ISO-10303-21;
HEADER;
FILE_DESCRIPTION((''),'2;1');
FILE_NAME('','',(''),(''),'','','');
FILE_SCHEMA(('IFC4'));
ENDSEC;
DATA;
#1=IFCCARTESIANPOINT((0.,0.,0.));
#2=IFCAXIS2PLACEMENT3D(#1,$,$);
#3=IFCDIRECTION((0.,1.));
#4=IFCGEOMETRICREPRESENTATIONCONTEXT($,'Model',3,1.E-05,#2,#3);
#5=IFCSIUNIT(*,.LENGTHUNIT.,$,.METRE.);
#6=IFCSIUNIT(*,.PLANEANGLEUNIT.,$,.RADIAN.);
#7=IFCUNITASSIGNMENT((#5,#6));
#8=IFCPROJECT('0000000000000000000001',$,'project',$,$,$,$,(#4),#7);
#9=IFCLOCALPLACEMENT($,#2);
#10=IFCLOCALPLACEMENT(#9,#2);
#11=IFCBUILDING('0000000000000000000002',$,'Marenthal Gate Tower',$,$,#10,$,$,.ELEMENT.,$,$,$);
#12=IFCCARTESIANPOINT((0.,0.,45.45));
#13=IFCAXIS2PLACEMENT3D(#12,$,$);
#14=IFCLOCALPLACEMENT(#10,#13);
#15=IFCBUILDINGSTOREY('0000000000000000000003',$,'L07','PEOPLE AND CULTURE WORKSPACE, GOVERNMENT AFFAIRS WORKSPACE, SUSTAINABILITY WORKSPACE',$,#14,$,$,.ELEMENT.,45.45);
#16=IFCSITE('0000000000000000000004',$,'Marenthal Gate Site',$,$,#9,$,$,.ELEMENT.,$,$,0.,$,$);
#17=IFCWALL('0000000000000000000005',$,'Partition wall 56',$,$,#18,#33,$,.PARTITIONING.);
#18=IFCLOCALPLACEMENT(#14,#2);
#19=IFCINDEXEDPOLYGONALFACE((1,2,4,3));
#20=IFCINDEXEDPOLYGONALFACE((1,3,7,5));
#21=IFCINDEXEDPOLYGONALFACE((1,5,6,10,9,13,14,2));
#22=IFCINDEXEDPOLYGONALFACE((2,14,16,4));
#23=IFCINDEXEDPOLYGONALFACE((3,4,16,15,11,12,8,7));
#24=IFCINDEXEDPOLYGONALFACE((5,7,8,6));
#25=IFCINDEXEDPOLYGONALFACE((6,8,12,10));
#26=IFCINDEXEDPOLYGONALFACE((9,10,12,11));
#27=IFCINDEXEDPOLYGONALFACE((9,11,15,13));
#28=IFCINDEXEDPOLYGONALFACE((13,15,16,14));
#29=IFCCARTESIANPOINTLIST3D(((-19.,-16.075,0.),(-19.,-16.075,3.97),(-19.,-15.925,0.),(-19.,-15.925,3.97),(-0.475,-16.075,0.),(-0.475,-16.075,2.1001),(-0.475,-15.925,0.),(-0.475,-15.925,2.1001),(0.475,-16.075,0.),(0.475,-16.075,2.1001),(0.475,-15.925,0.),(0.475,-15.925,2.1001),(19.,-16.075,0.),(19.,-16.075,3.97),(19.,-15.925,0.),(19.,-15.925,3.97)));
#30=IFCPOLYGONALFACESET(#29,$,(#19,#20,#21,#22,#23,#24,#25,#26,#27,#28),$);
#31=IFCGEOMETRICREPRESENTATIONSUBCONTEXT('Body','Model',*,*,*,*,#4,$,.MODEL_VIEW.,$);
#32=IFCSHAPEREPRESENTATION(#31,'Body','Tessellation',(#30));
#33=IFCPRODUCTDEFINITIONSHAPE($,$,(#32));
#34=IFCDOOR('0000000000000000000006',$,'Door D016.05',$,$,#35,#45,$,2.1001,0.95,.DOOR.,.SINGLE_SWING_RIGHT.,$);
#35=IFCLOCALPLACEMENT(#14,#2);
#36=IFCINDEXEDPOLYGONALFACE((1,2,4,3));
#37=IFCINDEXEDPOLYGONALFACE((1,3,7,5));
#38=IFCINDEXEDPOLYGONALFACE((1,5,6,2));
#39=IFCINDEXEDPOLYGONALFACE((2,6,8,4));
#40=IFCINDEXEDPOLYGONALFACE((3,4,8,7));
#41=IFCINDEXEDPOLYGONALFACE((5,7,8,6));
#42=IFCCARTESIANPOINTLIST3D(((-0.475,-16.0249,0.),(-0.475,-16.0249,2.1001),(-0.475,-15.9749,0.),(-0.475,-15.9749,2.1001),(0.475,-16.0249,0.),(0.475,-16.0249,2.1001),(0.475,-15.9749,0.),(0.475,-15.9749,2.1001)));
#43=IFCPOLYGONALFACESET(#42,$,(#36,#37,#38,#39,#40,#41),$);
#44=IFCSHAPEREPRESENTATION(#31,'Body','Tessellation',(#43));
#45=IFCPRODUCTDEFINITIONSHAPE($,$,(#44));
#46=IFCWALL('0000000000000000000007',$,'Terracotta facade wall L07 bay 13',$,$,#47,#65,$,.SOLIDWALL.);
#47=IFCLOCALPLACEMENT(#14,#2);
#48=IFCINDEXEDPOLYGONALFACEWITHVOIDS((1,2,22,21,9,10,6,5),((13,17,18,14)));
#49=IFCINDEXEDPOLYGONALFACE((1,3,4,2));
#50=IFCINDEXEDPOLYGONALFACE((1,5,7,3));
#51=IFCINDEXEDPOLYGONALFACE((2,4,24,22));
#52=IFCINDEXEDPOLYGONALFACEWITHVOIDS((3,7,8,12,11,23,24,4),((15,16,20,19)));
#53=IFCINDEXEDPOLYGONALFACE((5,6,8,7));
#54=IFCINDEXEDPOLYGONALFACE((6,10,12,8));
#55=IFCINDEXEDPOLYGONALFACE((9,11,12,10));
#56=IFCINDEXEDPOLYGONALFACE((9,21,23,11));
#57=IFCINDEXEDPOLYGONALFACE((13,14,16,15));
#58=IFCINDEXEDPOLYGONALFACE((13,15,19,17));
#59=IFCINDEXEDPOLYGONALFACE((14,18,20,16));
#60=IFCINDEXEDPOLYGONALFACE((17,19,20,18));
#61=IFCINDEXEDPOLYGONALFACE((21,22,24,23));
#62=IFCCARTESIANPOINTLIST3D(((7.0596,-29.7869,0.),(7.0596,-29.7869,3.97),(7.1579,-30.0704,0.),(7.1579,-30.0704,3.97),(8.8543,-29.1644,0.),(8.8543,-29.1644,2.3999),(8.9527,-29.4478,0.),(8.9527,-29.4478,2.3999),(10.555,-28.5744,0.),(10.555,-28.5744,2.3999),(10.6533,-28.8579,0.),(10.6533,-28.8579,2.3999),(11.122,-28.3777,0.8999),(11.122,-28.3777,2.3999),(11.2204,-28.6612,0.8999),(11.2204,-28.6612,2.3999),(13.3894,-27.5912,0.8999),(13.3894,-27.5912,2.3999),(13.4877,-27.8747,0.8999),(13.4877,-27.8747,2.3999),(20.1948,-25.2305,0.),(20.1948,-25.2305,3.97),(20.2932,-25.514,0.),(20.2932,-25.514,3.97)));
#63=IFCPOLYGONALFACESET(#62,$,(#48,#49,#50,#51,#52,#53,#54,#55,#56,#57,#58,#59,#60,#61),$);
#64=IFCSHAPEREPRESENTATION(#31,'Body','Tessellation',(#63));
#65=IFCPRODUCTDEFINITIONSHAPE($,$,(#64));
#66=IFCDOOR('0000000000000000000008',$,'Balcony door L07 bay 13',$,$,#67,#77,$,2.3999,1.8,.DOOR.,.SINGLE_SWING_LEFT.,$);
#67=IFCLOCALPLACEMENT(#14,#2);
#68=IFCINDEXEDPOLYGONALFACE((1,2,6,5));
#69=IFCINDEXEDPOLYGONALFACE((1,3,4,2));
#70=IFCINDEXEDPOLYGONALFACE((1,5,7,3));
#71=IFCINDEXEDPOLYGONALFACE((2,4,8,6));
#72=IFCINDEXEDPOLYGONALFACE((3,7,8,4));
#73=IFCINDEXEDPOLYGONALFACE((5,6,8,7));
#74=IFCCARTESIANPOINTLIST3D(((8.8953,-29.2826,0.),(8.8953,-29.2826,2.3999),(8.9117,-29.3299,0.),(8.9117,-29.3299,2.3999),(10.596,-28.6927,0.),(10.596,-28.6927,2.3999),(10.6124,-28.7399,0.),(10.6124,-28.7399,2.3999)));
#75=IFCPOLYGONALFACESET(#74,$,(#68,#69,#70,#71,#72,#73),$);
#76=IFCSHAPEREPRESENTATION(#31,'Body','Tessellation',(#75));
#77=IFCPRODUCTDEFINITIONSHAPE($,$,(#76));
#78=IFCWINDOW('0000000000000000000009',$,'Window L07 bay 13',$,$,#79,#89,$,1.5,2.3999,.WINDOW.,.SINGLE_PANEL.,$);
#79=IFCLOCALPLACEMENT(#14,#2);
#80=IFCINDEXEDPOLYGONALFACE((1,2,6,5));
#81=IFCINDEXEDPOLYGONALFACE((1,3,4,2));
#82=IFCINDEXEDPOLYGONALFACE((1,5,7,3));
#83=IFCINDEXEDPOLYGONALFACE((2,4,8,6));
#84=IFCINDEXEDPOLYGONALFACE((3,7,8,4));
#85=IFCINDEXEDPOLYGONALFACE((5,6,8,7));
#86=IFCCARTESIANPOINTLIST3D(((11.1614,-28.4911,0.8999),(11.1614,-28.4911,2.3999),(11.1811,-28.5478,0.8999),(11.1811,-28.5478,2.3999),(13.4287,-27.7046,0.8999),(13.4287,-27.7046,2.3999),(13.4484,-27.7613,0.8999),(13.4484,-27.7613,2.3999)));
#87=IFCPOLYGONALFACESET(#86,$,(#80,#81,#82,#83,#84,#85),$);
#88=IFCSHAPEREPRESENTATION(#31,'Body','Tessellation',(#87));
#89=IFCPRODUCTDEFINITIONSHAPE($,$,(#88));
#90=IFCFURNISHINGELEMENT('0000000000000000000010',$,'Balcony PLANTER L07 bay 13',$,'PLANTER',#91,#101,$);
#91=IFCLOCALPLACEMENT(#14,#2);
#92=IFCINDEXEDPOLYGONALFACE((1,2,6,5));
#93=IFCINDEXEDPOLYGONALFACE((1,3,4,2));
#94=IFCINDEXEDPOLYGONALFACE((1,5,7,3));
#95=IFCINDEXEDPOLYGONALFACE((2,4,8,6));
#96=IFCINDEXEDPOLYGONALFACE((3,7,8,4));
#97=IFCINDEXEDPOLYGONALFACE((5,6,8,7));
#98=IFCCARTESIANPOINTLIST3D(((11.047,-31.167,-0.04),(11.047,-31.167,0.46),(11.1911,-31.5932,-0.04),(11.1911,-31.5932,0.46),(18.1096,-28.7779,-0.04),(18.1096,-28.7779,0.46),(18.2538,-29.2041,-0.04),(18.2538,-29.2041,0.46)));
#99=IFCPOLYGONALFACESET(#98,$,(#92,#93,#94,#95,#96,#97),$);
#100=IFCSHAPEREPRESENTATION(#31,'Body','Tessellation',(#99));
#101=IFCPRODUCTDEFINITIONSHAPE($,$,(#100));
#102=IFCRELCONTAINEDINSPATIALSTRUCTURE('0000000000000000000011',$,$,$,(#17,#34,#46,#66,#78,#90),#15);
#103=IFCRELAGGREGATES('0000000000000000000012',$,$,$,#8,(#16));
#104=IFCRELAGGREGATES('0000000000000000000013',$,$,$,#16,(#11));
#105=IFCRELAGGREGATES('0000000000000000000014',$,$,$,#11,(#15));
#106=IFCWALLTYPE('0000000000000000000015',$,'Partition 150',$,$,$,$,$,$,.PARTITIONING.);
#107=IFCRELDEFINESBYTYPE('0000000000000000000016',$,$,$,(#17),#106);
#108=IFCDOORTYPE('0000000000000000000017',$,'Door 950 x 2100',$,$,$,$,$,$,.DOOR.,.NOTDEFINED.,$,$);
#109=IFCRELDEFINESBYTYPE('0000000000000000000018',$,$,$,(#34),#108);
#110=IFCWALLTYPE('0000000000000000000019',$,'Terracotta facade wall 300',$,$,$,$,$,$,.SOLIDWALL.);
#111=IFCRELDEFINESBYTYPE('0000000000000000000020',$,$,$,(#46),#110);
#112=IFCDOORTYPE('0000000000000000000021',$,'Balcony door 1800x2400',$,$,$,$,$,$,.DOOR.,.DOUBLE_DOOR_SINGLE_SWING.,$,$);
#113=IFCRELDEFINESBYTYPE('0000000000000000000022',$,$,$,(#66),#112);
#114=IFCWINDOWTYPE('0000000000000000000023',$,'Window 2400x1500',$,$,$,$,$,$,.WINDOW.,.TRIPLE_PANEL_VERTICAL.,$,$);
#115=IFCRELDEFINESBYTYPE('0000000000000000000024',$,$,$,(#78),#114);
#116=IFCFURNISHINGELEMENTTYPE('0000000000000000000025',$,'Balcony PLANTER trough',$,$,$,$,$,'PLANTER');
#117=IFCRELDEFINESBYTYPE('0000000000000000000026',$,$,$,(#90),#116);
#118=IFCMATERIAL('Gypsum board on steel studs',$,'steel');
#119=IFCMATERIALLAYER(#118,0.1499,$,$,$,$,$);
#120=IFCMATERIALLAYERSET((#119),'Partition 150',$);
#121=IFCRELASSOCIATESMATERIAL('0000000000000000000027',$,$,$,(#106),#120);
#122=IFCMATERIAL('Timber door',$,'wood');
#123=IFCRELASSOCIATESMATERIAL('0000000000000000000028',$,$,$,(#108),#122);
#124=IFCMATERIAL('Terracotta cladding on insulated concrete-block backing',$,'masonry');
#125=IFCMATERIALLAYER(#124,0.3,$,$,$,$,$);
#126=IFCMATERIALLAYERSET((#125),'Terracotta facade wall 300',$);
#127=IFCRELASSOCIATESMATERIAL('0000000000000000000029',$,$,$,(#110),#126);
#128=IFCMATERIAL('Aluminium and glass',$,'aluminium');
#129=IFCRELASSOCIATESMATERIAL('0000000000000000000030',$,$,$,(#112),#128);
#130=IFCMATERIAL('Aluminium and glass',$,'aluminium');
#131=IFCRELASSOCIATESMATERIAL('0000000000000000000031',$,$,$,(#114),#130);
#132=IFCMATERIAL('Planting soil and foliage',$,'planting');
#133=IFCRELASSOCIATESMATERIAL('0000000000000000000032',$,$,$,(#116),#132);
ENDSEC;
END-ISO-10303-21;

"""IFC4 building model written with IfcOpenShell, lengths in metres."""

from ifc_helpers import new_model, si_unit, direction, frame, frame_2d, origin, origin_2d, place, context, subcontext, project, spatial, rectangle, extrude, material, layer, layer_set, type_object, element, fill, save


model = new_model("IFC4")

# Units and contexts
model_context = context("Model", 3, precision=1e-05, world=origin(), true_north=direction((0.0, 1.0)))
body_context = subcontext(model_context, "Body", "Model", "MODEL_VIEW")
ifc_project = project(units=[si_unit("LENGTHUNIT", "METRE"), si_unit("PLANEANGLEUNIT", "RADIAN")], contexts=[model_context])

# Site, building, storey
site_placement = place(None, origin())
site = spatial("IfcSite", under=ifc_project, at=site_placement, Name="Marenthal Gate Site", CompositionType="ELEMENT", RefElevation=0.0)
building_placement = place(site_placement, origin())
building = spatial("IfcBuilding", under=site, at=building_placement, Name="Marenthal Gate Tower", CompositionType="ELEMENT")
storey_placement = place(building_placement, frame((0.0, 0.0, 45.45)))
storey = spatial("IfcBuildingStorey", under=building, at=storey_placement, Name="L07", Description="PEOPLE AND CULTURE WORKSPACE, GOVERNMENT AFFAIRS WORKSPACE, SUSTAINABILITY WORKSPACE", CompositionType="ELEMENT", Elevation=45.45)

# Wall, opening, door
ifc_material_1 = material(Name="Gypsum board on steel studs", Category="steel")
ifc_layer_1 = layer(ifc_material_1, 0.1499)
ifc_layer_set_1 = layer_set([ifc_layer_1], Name="Partition 150")
wall_type_1 = type_object("IfcWallType", Name="Partition 150", PredefinedType="PARTITIONING", material=ifc_layer_set_1)
wall_1_placement = place(storey_placement, frame((19.0, -16.0, 0.0), z_axis=(0.0, 0.0, 1.0), x_axis=(-1.0, 0.0, 0.0)))
wall_1 = element("IfcWall", 1, at=wall_1_placement, inside=storey, type_object=wall_type_1, Name="Partition wall 56", PredefinedType="PARTITIONING", context=body_context, shape_type="SweptSolid", body=[
    extrude(rectangle(XDim=38.0, YDim=0.1499, at=frame_2d((19.0, 0.0))), origin(), (0.0, 0.0, 1.0), 3.97),
])
opening_1_placement = place(wall_1_placement, frame((18.5249, 0.0, 0.0)))
opening_1 = element("IfcOpeningElement", 2, at=opening_1_placement, cuts=wall_1, PredefinedType="OPENING", context=body_context, shape_type="SweptSolid", body=[
    extrude(rectangle(XDim=0.95, YDim=2.1001, at=frame_2d((0.4751, 1.05))), frame((0.0, 0.085, 0.0), z_axis=(0.0, -1.0, 0.0), x_axis=(1.0, 0.0, 0.0)), (0.0, 0.0, 1.0), 0.1699),
])
ifc_material_2 = material(Name="Timber door", Category="wood")
door_type_1 = type_object("IfcDoorType", Name="Door 950 x 2100", OperationType="NOTDEFINED", PredefinedType="DOOR", material=ifc_material_2)
door_1_placement = place(opening_1_placement, origin())
door_1 = element("IfcDoor", 3, at=door_1_placement, inside=storey, type_object=door_type_1, Name="Door D016.05", OperationType="SINGLE_SWING_RIGHT", OverallHeight=2.1001, OverallWidth=0.95, PredefinedType="DOOR", context=body_context, shape_type="SweptSolid", body=[
    extrude(rectangle(XDim=0.95, YDim=2.1001, at=frame_2d((0.4751, 1.05))), frame((0.0, 0.0249, 0.0), z_axis=(0.0, -1.0, 0.0), x_axis=(1.0, 0.0, 0.0)), (0.0, 0.0, 1.0), 0.05),
])
fill(opening_1, door_1)

# Wall, openings, door, window
ifc_material_3 = material(Name="Terracotta cladding on insulated concrete-block backing", Category="masonry")
ifc_layer_2 = layer(ifc_material_3, 0.3)
ifc_layer_set_2 = layer_set([ifc_layer_2], Name="Terracotta facade wall 300")
wall_type_2 = type_object("IfcWallType", Name="Terracotta facade wall 300", PredefinedType="SOLIDWALL", material=ifc_layer_set_2)
wall_2_placement = place(storey_placement, frame((7.1086, -29.9287, 0.0), z_axis=(0.0, 0.0, 1.0), x_axis=(0.944773, 0.327726, 0.0)))
wall_2 = element("IfcWall", 4, at=wall_2_placement, inside=storey, type_object=wall_type_2, Name="Terracotta facade wall L07 bay 13", PredefinedType="SOLIDWALL", context=body_context, shape_type="SweptSolid", body=[
    extrude(rectangle(XDim=13.9031, YDim=0.3, at=frame_2d((6.9517, 0.0))), origin(), (0.0, 0.0, 1.0), 3.97),
])
opening_2_placement = place(wall_2_placement, frame((1.8999, 0.0, 0.0)))
opening_2 = element("IfcOpeningElement", 5, at=opening_2_placement, cuts=wall_2, PredefinedType="OPENING", context=body_context, shape_type="SweptSolid", body=[
    extrude(rectangle(XDim=1.8, YDim=2.3999, at=frame_2d((0.8999, 1.2))), frame((0.0, 0.1602, 0.0), z_axis=(0.0, -1.0, 0.0), x_axis=(1.0, 0.0, 0.0)), (0.0, 0.0, 1.0), 0.3201),
])
opening_3_placement = place(wall_2_placement, frame((4.3, 0.0, 0.8999)))
opening_3 = element("IfcOpeningElement", 6, at=opening_3_placement, cuts=wall_2, PredefinedType="OPENING", context=body_context, shape_type="SweptSolid", body=[
    extrude(rectangle(XDim=2.3999, YDim=1.5, at=frame_2d((1.2, 0.75))), frame((0.0, 0.1602, 0.0), z_axis=(0.0, -1.0, 0.0), x_axis=(1.0, 0.0, 0.0)), (0.0, 0.0, 1.0), 0.3201),
])
ifc_material_4 = material(Name="Aluminium and glass", Category="aluminium")
door_type_2 = type_object("IfcDoorType", Name="Balcony door 1800x2400", OperationType="DOUBLE_DOOR_SINGLE_SWING", PredefinedType="DOOR", material=ifc_material_4)
door_2_placement = place(opening_2_placement, origin())
door_2 = element("IfcDoor", 7, at=door_2_placement, inside=storey, type_object=door_type_2, Name="Balcony door L07 bay 13", OperationType="SINGLE_SWING_LEFT", OverallHeight=2.3999, OverallWidth=1.8, PredefinedType="DOOR", context=body_context, shape_type="SweptSolid", body=[
    extrude(rectangle(XDim=1.8, YDim=2.3999, at=frame_2d((0.8999, 1.2))), frame((0.0, 0.0249, 0.0), z_axis=(0.0, -1.0, 0.0), x_axis=(1.0, 0.0, 0.0)), (0.0, 0.0, 1.0), 0.05),
])
fill(opening_2, door_2)
ifc_material_5 = material(Name="Aluminium and glass", Category="aluminium")
window_type = type_object("IfcWindowType", Name="Window 2400x1500", PartitioningType="TRIPLE_PANEL_VERTICAL", PredefinedType="WINDOW", material=ifc_material_5)
window_placement = place(opening_3_placement, origin())
window = element("IfcWindow", 8, at=window_placement, inside=storey, type_object=window_type, Name="Window L07 bay 13", OverallHeight=1.5, OverallWidth=2.3999, PartitioningType="SINGLE_PANEL", PredefinedType="WINDOW", context=body_context, shape_type="SweptSolid", body=[
    extrude(rectangle(XDim=2.3999, YDim=1.5, at=frame_2d((1.2, 0.75))), frame((0.0, 0.03, 0.0), z_axis=(0.0, -1.0, 0.0), x_axis=(1.0, 0.0, 0.0)), (0.0, 0.0, 1.0), 0.0601),
])
fill(opening_3, window)

# Furnishing element
ifc_material_6 = material(Name="Planting soil and foliage", Category="planting")
furnishing_element_type = type_object("IfcFurnishingElementType", Name="Balcony PLANTER trough", ElementType="PLANTER", material=ifc_material_6)
furnishing_placement = place(storey_placement, frame((14.6504, -30.1855, -0.04), z_axis=(0.0, 0.0, 1.0), x_axis=(0.947271, 0.320433, 0.0)))
element("IfcFurnishingElement", 9, at=furnishing_placement, inside=storey, type_object=furnishing_element_type, Name="Balcony PLANTER L07 bay 13", ObjectType="PLANTER", context=body_context, shape_type="SweptSolid", body=[
    extrude(rectangle(XDim=7.4558, YDim=0.45, at=origin_2d()), origin(), (0.0, 0.0, 1.0), 0.5),
])

save(model, "model.ifc")
